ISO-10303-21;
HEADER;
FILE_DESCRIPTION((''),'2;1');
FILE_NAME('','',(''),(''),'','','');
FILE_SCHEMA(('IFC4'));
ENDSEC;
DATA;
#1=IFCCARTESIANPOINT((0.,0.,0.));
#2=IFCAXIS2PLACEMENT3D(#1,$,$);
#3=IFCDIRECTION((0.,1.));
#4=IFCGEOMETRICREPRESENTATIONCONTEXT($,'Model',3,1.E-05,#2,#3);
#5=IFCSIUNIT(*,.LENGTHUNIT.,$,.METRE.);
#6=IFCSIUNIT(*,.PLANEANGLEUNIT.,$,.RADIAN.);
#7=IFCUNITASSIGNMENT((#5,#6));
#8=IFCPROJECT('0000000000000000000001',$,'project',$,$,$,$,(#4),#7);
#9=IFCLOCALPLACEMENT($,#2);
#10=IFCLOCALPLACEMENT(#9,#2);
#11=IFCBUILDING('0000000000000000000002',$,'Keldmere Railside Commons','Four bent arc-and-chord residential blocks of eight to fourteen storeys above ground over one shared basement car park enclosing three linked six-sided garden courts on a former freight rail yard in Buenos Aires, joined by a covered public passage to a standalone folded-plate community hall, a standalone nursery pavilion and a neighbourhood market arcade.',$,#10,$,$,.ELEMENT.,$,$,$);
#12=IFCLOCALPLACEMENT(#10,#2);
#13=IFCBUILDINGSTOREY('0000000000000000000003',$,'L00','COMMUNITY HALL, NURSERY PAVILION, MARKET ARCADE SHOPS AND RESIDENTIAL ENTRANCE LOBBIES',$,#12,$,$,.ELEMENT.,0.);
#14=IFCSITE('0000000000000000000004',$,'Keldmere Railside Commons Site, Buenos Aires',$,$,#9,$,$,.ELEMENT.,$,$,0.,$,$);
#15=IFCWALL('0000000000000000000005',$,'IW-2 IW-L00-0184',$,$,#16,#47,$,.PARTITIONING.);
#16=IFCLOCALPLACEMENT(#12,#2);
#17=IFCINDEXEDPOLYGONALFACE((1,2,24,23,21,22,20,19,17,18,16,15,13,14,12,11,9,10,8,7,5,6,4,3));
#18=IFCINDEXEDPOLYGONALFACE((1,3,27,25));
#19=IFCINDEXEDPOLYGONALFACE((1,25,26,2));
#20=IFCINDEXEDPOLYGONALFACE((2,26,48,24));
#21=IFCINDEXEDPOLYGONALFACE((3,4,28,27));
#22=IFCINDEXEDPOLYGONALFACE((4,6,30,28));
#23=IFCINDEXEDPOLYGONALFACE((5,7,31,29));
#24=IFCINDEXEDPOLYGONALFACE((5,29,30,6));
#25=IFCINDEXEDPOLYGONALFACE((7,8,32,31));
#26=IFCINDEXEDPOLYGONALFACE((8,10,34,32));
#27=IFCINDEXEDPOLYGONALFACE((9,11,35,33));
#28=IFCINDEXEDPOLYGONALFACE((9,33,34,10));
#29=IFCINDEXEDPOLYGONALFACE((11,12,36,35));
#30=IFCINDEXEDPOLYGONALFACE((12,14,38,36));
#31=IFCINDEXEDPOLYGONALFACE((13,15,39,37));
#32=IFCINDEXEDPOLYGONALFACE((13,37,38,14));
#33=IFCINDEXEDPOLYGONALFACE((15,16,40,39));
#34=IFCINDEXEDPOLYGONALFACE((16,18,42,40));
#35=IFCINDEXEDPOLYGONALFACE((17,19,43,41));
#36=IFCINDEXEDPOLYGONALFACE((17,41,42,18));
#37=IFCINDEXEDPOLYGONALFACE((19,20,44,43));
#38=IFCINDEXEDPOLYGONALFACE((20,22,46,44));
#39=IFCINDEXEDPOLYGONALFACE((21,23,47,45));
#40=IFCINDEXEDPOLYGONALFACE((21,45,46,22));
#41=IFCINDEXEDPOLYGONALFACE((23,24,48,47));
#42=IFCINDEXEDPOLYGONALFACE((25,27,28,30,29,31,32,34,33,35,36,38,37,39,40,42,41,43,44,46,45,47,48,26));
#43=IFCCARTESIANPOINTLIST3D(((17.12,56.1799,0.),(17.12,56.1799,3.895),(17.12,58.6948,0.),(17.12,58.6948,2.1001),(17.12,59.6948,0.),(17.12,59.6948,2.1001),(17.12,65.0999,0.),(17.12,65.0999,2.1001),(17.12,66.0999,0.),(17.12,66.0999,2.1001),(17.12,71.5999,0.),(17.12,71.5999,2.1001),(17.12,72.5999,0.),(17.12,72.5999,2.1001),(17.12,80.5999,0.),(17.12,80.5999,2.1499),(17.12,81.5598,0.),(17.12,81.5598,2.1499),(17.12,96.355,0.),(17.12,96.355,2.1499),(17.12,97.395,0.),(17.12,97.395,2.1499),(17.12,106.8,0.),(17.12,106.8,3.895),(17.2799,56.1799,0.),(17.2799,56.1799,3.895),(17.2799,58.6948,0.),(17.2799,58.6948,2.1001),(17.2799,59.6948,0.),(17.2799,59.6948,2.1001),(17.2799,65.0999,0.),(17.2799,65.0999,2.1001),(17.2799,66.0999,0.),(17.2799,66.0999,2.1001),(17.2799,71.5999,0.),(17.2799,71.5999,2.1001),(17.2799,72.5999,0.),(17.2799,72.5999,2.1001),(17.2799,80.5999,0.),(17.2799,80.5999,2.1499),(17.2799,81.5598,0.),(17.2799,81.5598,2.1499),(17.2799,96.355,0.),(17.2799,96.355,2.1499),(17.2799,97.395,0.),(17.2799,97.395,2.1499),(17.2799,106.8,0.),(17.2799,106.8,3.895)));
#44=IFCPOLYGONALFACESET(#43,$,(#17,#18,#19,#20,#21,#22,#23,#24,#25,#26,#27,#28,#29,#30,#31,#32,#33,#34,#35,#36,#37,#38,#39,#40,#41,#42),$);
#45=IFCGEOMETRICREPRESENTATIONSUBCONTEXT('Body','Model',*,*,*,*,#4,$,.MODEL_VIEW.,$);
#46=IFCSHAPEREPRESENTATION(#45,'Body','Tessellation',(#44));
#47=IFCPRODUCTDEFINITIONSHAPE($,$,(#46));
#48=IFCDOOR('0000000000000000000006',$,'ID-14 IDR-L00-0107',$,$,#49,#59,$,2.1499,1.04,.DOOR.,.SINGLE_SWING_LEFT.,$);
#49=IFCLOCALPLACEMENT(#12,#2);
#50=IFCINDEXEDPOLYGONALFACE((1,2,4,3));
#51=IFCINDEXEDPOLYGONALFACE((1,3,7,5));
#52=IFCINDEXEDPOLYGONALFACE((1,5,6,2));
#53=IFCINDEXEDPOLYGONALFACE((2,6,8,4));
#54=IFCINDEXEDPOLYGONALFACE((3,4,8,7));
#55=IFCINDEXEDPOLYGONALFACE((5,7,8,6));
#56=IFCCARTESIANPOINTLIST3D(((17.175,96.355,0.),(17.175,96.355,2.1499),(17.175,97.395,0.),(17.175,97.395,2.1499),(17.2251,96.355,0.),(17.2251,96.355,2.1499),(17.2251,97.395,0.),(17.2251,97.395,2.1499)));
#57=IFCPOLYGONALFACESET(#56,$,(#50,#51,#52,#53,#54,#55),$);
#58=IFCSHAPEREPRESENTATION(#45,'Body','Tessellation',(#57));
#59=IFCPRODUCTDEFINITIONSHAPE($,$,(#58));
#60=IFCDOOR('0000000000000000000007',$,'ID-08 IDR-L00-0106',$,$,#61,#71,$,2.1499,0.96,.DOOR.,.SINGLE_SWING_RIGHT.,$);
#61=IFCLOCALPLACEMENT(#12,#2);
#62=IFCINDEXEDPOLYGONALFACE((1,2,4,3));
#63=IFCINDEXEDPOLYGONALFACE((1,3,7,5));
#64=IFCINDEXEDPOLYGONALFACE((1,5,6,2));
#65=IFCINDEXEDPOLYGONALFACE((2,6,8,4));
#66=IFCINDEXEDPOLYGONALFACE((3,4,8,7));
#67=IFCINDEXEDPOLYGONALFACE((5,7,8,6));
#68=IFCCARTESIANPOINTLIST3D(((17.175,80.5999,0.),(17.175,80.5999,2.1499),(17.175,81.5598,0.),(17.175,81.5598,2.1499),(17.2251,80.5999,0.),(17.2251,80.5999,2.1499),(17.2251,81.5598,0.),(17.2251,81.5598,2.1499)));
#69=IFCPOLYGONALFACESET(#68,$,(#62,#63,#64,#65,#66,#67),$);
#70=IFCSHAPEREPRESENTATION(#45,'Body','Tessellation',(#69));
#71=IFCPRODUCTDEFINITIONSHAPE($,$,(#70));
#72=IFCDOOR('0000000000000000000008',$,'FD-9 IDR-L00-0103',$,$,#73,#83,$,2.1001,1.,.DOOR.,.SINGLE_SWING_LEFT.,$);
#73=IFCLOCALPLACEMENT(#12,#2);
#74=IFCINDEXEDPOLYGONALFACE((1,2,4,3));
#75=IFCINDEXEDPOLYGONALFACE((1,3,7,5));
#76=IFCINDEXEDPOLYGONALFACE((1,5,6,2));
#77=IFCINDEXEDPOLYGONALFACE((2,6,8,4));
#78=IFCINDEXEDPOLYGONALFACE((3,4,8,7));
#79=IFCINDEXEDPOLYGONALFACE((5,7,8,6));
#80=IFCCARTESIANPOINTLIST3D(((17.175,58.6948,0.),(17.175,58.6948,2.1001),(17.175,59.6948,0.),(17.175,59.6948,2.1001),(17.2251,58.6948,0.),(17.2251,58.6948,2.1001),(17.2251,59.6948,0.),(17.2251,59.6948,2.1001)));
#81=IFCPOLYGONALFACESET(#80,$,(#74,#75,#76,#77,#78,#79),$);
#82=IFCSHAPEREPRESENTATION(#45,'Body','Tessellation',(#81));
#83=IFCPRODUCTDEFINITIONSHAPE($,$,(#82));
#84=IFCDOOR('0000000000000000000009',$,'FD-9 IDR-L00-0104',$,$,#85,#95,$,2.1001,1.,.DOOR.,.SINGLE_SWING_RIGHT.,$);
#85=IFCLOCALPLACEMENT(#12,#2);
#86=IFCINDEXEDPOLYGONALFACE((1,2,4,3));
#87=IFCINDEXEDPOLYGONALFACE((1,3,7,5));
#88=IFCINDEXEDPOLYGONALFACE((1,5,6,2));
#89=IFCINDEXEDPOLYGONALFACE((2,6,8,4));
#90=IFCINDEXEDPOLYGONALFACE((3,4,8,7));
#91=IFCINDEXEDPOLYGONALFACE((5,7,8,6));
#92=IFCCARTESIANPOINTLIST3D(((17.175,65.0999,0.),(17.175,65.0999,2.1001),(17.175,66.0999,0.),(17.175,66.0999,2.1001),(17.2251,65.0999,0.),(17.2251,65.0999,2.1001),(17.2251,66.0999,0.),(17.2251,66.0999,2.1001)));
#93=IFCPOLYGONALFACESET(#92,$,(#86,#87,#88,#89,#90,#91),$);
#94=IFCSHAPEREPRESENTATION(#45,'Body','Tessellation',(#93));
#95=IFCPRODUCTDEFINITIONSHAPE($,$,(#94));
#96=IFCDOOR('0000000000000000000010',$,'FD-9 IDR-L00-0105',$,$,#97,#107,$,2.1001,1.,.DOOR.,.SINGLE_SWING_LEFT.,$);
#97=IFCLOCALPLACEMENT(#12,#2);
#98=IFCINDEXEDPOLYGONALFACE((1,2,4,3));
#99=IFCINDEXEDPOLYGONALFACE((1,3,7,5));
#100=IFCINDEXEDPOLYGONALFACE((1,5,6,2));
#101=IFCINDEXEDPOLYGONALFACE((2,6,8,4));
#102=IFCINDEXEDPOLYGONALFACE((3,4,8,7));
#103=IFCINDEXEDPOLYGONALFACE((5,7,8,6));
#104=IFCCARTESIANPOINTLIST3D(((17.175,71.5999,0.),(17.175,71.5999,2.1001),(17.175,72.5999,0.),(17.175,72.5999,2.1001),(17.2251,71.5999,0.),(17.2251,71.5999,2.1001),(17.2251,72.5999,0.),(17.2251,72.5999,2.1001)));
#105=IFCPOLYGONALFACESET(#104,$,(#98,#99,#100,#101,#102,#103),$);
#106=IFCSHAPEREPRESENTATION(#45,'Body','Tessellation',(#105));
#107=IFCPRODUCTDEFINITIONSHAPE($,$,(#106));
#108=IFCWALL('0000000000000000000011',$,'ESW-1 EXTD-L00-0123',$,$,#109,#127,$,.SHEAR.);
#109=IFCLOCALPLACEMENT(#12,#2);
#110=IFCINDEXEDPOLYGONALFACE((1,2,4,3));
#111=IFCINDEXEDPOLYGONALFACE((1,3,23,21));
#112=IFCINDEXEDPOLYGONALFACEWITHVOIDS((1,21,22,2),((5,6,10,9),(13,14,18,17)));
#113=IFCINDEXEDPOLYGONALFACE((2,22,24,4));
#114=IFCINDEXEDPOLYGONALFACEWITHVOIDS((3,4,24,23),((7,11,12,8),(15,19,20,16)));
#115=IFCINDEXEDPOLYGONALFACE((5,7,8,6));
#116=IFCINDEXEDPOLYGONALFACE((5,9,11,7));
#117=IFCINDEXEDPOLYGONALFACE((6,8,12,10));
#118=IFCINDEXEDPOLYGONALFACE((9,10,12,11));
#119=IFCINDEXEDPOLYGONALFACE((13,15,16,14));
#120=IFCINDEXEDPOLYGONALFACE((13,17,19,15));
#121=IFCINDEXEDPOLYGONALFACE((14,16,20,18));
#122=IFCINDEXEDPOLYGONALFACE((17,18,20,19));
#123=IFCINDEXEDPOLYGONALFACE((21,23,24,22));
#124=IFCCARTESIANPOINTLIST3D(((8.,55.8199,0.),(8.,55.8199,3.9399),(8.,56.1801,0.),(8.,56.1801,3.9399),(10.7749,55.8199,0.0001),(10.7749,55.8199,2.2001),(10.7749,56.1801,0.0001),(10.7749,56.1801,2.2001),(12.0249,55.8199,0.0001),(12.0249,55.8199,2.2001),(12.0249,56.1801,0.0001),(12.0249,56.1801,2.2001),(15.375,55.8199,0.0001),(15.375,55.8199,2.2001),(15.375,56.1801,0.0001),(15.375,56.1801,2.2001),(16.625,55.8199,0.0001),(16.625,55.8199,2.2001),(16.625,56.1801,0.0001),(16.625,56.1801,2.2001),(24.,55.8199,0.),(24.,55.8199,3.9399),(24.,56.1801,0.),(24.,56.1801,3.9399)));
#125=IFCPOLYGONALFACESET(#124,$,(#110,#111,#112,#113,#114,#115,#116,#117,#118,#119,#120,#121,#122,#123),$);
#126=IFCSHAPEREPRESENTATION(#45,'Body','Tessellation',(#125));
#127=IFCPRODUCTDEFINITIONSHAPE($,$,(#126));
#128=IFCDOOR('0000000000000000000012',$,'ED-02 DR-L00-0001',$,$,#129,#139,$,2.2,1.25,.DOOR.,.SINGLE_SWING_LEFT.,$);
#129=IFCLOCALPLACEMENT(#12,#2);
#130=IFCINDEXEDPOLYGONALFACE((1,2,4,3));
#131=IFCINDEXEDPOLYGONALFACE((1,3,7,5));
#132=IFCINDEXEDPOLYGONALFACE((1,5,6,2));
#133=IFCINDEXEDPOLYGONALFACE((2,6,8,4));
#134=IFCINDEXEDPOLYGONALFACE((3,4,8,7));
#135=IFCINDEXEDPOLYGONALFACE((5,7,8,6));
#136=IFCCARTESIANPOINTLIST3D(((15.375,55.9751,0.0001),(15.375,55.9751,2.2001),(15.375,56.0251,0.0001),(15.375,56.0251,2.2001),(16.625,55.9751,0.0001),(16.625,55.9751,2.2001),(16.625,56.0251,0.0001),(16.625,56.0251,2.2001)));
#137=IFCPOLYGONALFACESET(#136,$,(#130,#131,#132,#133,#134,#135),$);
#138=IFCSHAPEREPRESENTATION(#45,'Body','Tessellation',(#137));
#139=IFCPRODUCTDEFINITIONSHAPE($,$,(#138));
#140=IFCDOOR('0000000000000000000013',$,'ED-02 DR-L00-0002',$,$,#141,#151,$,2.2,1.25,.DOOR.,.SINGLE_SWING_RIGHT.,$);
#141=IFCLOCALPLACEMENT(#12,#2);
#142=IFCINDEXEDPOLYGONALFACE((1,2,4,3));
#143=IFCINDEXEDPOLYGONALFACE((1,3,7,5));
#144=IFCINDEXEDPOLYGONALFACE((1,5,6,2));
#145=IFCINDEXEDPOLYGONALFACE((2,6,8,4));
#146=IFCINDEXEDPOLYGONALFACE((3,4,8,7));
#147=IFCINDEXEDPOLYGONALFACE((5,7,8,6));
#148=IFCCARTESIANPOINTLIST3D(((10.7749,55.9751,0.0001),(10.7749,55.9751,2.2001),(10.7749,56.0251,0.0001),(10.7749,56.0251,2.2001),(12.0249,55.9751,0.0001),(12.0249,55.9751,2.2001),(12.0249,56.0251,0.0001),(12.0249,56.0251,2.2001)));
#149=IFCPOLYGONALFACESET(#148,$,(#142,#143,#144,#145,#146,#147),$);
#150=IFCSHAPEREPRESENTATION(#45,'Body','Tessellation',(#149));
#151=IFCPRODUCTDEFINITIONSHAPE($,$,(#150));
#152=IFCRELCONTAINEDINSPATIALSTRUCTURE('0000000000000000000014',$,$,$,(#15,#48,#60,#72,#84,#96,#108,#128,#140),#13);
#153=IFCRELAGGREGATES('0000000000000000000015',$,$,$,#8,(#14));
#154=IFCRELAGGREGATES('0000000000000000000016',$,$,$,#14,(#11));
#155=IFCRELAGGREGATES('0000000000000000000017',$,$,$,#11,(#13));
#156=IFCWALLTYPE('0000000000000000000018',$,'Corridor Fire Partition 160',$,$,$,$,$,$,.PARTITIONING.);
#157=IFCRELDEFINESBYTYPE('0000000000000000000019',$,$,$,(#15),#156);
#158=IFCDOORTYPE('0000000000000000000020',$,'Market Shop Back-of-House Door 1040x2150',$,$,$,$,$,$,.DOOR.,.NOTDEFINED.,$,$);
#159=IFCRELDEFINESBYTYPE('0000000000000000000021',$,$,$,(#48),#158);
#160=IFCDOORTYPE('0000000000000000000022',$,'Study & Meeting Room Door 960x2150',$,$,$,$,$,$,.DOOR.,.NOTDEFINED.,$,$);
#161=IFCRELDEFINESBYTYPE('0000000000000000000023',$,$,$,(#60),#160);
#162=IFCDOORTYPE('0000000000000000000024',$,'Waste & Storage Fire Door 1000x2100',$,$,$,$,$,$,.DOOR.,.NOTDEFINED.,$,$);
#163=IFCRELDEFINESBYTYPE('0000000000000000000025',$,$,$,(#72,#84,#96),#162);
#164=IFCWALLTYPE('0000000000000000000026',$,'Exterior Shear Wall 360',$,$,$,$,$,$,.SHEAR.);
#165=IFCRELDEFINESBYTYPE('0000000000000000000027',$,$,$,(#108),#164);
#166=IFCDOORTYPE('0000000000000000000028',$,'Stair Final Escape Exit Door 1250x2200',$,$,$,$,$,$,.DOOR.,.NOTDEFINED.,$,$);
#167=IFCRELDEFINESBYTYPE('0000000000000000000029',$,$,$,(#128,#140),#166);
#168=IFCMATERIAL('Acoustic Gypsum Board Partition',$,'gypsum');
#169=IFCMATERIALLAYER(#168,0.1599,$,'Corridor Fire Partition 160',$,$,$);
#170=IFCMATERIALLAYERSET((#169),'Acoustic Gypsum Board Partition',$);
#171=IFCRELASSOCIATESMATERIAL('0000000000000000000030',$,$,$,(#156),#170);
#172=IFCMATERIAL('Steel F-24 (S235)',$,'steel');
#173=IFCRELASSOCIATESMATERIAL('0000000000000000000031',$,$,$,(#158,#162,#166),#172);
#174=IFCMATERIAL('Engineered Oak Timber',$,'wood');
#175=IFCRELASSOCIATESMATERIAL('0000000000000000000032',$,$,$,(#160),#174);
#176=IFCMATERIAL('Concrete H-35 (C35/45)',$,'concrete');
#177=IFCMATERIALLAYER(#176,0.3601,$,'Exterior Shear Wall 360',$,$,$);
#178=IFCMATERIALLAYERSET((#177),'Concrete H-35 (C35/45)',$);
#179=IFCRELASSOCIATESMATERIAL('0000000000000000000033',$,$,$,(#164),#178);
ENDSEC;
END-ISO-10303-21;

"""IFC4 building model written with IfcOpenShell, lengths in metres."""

from ifc_helpers import new_model, si_unit, direction, frame, frame_2d, origin, place, context, subcontext, project, spatial, rectangle, extrude, material, layer, layer_set, type_object, element, fill, save


model = new_model("IFC4")

# Units and contexts
model_context = context("Model", 3, precision=1e-05, world=origin(), true_north=direction((0.0, 1.0)))
body_context = subcontext(model_context, "Body", "Model", "MODEL_VIEW")
ifc_project = project(units=[si_unit("LENGTHUNIT", "METRE"), si_unit("PLANEANGLEUNIT", "RADIAN")], contexts=[model_context])

# Site, building, storey
site_placement = place(None, origin())
site = spatial("IfcSite", under=ifc_project, at=site_placement, Name="Keldmere Railside Commons Site, Buenos Aires", CompositionType="ELEMENT", RefElevation=0.0)
building_placement = place(site_placement, origin())
building = spatial("IfcBuilding", under=site, at=building_placement, Name="Keldmere Railside Commons", Description="Four bent arc-and-chord residential blocks of eight to fourteen storeys above ground over one shared basement car park enclosing three linked six-sided garden courts on a former freight rail yard in Buenos Aires, joined by a covered public passage to a standalone folded-plate community hall, a standalone nursery pavilion and a neighbourhood market arcade.", CompositionType="ELEMENT")
storey_placement = place(building_placement, origin())
storey = spatial("IfcBuildingStorey", under=building, at=storey_placement, Name="L00", Description="COMMUNITY HALL, NURSERY PAVILION, MARKET ARCADE SHOPS AND RESIDENTIAL ENTRANCE LOBBIES", CompositionType="ELEMENT", Elevation=0.0)

# Walls, openings, doors
ifc_material_1 = material(Name="Acoustic Gypsum Board Partition", Category="gypsum")
ifc_layer_1 = layer(ifc_material_1, 0.1599, Name="Corridor Fire Partition 160")
ifc_layer_set_1 = layer_set([ifc_layer_1], Name="Acoustic Gypsum Board Partition")
wall_type_1 = type_object("IfcWallType", Name="Corridor Fire Partition 160", PredefinedType="PARTITIONING", material=ifc_layer_set_1)
ifc_material_2 = material(Name="Steel F-24 (S235)", Category="steel")
wall_1_placement = place(storey_placement, frame((17.2, 56.1799, 0.0), z_axis=(0.0, 0.0, 1.0), x_axis=(0.0, 1.0, 0.0)))
wall_1 = element("IfcWall", 1, at=wall_1_placement, inside=storey, type_object=wall_type_1, Name="IW-2 IW-L00-0184", PredefinedType="PARTITIONING", context=body_context, shape_type="SweptSolid", body=[
    extrude(rectangle(XDim=50.6201, YDim=0.1599, at=frame_2d((25.3101, 0.0))), origin(), (0.0, 0.0, 1.0), 3.895),
])
opening_1_placement = place(wall_1_placement, frame((2.5149, 0.0, 0.0)))
opening_1 = element("IfcOpeningElement", 2, at=opening_1_placement, cuts=wall_1, PredefinedType="OPENING", context=body_context, shape_type="SweptSolid", body=[
    extrude(rectangle(XDim=1.0, YDim=2.1001, at=frame_2d((0.5, 1.05))), frame((0.0, 0.0898, 0.0), z_axis=(0.0, -1.0, 0.0), x_axis=(1.0, 0.0, 0.0)), (0.0, 0.0, 1.0), 0.1799),
])
opening_2_placement = place(wall_1_placement, frame((8.9199, 0.0, 0.0)))
opening_2 = element("IfcOpeningElement", 3, at=opening_2_placement, cuts=wall_1, PredefinedType="OPENING", context=body_context, shape_type="SweptSolid", body=[
    extrude(rectangle(XDim=1.0, YDim=2.1001, at=frame_2d((0.5, 1.05))), frame((0.0, 0.0898, 0.0), z_axis=(0.0, -1.0, 0.0), x_axis=(1.0, 0.0, 0.0)), (0.0, 0.0, 1.0), 0.1799),
])
opening_3_placement = place(wall_1_placement, frame((15.4199, 0.0, 0.0)))
opening_3 = element("IfcOpeningElement", 4, at=opening_3_placement, cuts=wall_1, PredefinedType="OPENING", context=body_context, shape_type="SweptSolid", body=[
    extrude(rectangle(XDim=1.0, YDim=2.1001, at=frame_2d((0.5, 1.05))), frame((0.0, 0.0898, 0.0), z_axis=(0.0, -1.0, 0.0), x_axis=(1.0, 0.0, 0.0)), (0.0, 0.0, 1.0), 0.1799),
])
opening_4_placement = place(wall_1_placement, frame((24.4199, 0.0, 0.0)))
opening_4 = element("IfcOpeningElement", 5, at=opening_4_placement, cuts=wall_1, PredefinedType="OPENING", context=body_context, shape_type="SweptSolid", body=[
    extrude(rectangle(XDim=0.96, YDim=2.1499, at=frame_2d((0.48, 1.075))), frame((0.0, 0.0898, 0.0), z_axis=(0.0, -1.0, 0.0), x_axis=(1.0, 0.0, 0.0)), (0.0, 0.0, 1.0), 0.1799),
])
opening_5_placement = place(wall_1_placement, frame((40.175, 0.0, 0.0)))
opening_5 = element("IfcOpeningElement", 6, at=opening_5_placement, cuts=wall_1, PredefinedType="OPENING", context=body_context, shape_type="SweptSolid", body=[
    extrude(rectangle(XDim=1.04, YDim=2.1499, at=frame_2d((0.52, 1.075))), frame((0.0, 0.0898, 0.0), z_axis=(0.0, -1.0, 0.0), x_axis=(1.0, 0.0, 0.0)), (0.0, 0.0, 1.0), 0.1799),
])
door_type_1 = type_object("IfcDoorType", Name="Market Shop Back-of-House Door 1040x2150", OperationType="NOTDEFINED", PredefinedType="DOOR", material=ifc_material_2)
door_1_placement = place(opening_5_placement, origin())
door_1 = element("IfcDoor", 7, at=door_1_placement, inside=storey, type_object=door_type_1, Name="ID-14 IDR-L00-0107", OperationType="SINGLE_SWING_LEFT", OverallHeight=2.1499, OverallWidth=1.04, PredefinedType="DOOR", context=body_context, shape_type="SweptSolid", body=[
    extrude(rectangle(XDim=1.04, YDim=2.1499, at=frame_2d((0.52, 1.075))), frame((0.0, 0.0249, 0.0), z_axis=(0.0, -1.0, 0.0), x_axis=(1.0, 0.0, 0.0)), (0.0, 0.0, 1.0), 0.05),
])
fill(opening_5, door_1)
ifc_material_3 = material(Name="Engineered Oak Timber", Category="wood")
door_type_2 = type_object("IfcDoorType", Name="Study & Meeting Room Door 960x2150", OperationType="NOTDEFINED", PredefinedType="DOOR", material=ifc_material_3)
door_2_placement = place(opening_4_placement, origin())
door_2 = element("IfcDoor", 8, at=door_2_placement, inside=storey, type_object=door_type_2, Name="ID-08 IDR-L00-0106", OperationType="SINGLE_SWING_RIGHT", OverallHeight=2.1499, OverallWidth=0.96, PredefinedType="DOOR", context=body_context, shape_type="SweptSolid", body=[
    extrude(rectangle(XDim=0.96, YDim=2.1499, at=frame_2d((0.48, 1.075))), frame((0.0, 0.0249, 0.0), z_axis=(0.0, -1.0, 0.0), x_axis=(1.0, 0.0, 0.0)), (0.0, 0.0, 1.0), 0.05),
])
fill(opening_4, door_2)
door_type_3 = type_object("IfcDoorType", Name="Waste & Storage Fire Door 1000x2100", OperationType="NOTDEFINED", PredefinedType="DOOR", material=ifc_material_2)
door_3_placement = place(opening_1_placement, origin())
door_3 = element("IfcDoor", 9, at=door_3_placement, inside=storey, type_object=door_type_3, Name="FD-9 IDR-L00-0103", OperationType="SINGLE_SWING_LEFT", OverallHeight=2.1001, OverallWidth=1.0, PredefinedType="DOOR", context=body_context, shape_type="SweptSolid", body=[
    extrude(rectangle(XDim=1.0, YDim=2.1001, at=frame_2d((0.5, 1.05))), frame((0.0, 0.0249, 0.0), z_axis=(0.0, -1.0, 0.0), x_axis=(1.0, 0.0, 0.0)), (0.0, 0.0, 1.0), 0.05),
])
fill(opening_1, door_3)
door_4_placement = place(opening_2_placement, origin())
door_4 = element("IfcDoor", 10, at=door_4_placement, inside=storey, type_object=door_type_3, Name="FD-9 IDR-L00-0104", OperationType="SINGLE_SWING_RIGHT", OverallHeight=2.1001, OverallWidth=1.0, PredefinedType="DOOR", context=body_context, shape_type="SweptSolid", body=[
    extrude(rectangle(XDim=1.0, YDim=2.1001, at=frame_2d((0.5, 1.05))), frame((0.0, 0.0249, 0.0), z_axis=(0.0, -1.0, 0.0), x_axis=(1.0, 0.0, 0.0)), (0.0, 0.0, 1.0), 0.05),
])
fill(opening_2, door_4)
door_5_placement = place(opening_3_placement, origin())
door_5 = element("IfcDoor", 11, at=door_5_placement, inside=storey, type_object=door_type_3, Name="FD-9 IDR-L00-0105", OperationType="SINGLE_SWING_LEFT", OverallHeight=2.1001, OverallWidth=1.0, PredefinedType="DOOR", context=body_context, shape_type="SweptSolid", body=[
    extrude(rectangle(XDim=1.0, YDim=2.1001, at=frame_2d((0.5, 1.05))), frame((0.0, 0.0249, 0.0), z_axis=(0.0, -1.0, 0.0), x_axis=(1.0, 0.0, 0.0)), (0.0, 0.0, 1.0), 0.05),
])
fill(opening_3, door_5)
ifc_material_4 = material(Name="Concrete H-35 (C35/45)", Category="concrete")
ifc_layer_2 = layer(ifc_material_4, 0.3601, Name="Exterior Shear Wall 360")
ifc_layer_set_2 = layer_set([ifc_layer_2], Name="Concrete H-35 (C35/45)")
wall_type_2 = type_object("IfcWallType", Name="Exterior Shear Wall 360", PredefinedType="SHEAR", material=ifc_layer_set_2)
wall_2_placement = place(storey_placement, frame((24.0, 56.0, 0.0), z_axis=(0.0, 0.0, 1.0), x_axis=(-1.0, 0.0, 0.0)))
wall_2 = element("IfcWall", 12, at=wall_2_placement, inside=storey, type_object=wall_type_2, Name="ESW-1 EXTD-L00-0123", PredefinedType="SHEAR", context=body_context, shape_type="SweptSolid", body=[
    extrude(rectangle(XDim=16.0, YDim=0.3601, at=frame_2d((8.0, 0.0))), origin(), (0.0, 0.0, 1.0), 3.9399),
])
opening_6_placement = place(wall_2_placement, frame((7.375, 0.0, 0.0)))
opening_6 = element("IfcOpeningElement", 13, at=opening_6_placement, cuts=wall_2, PredefinedType="OPENING", context=body_context, shape_type="SweptSolid", body=[
    extrude(rectangle(XDim=1.25, YDim=2.2, at=frame_2d((0.625, 1.1001))), frame((0.0, 0.1899, 0.0), z_axis=(0.0, -1.0, 0.0), x_axis=(1.0, 0.0, 0.0)), (0.0, 0.0, 1.0), 0.3801),
])
opening_7_placement = place(wall_2_placement, frame((11.9751, 0.0, 0.0)))
opening_7 = element("IfcOpeningElement", 14, at=opening_7_placement, cuts=wall_2, PredefinedType="OPENING", context=body_context, shape_type="SweptSolid", body=[
    extrude(rectangle(XDim=1.25, YDim=2.2, at=frame_2d((0.625, 1.1001))), frame((0.0, 0.1899, 0.0), z_axis=(0.0, -1.0, 0.0), x_axis=(1.0, 0.0, 0.0)), (0.0, 0.0, 1.0), 0.3801),
])
door_type_4 = type_object("IfcDoorType", Name="Stair Final Escape Exit Door 1250x2200", OperationType="NOTDEFINED", PredefinedType="DOOR", material=ifc_material_2)
door_6_placement = place(opening_6_placement, origin())
door_6 = element("IfcDoor", 15, at=door_6_placement, inside=storey, type_object=door_type_4, Name="ED-02 DR-L00-0001", OperationType="SINGLE_SWING_LEFT", OverallHeight=2.2, OverallWidth=1.25, PredefinedType="DOOR", context=body_context, shape_type="SweptSolid", body=[
    extrude(rectangle(XDim=1.25, YDim=2.2, at=frame_2d((0.625, 1.1001))), frame((0.0, 0.0249, 0.0), z_axis=(0.0, -1.0, 0.0), x_axis=(1.0, 0.0, 0.0)), (0.0, 0.0, 1.0), 0.05),
])
fill(opening_6, door_6)
door_7_placement = place(opening_7_placement, origin())
door_7 = element("IfcDoor", 16, at=door_7_placement, inside=storey, type_object=door_type_4, Name="ED-02 DR-L00-0002", OperationType="SINGLE_SWING_RIGHT", OverallHeight=2.2, OverallWidth=1.25, PredefinedType="DOOR", context=body_context, shape_type="SweptSolid", body=[
    extrude(rectangle(XDim=1.25, YDim=2.2, at=frame_2d((0.625, 1.1001))), frame((0.0, 0.0249, 0.0), z_axis=(0.0, -1.0, 0.0), x_axis=(1.0, 0.0, 0.0)), (0.0, 0.0, 1.0), 0.05),
])
fill(opening_7, door_7)

save(model, "model.ifc")
